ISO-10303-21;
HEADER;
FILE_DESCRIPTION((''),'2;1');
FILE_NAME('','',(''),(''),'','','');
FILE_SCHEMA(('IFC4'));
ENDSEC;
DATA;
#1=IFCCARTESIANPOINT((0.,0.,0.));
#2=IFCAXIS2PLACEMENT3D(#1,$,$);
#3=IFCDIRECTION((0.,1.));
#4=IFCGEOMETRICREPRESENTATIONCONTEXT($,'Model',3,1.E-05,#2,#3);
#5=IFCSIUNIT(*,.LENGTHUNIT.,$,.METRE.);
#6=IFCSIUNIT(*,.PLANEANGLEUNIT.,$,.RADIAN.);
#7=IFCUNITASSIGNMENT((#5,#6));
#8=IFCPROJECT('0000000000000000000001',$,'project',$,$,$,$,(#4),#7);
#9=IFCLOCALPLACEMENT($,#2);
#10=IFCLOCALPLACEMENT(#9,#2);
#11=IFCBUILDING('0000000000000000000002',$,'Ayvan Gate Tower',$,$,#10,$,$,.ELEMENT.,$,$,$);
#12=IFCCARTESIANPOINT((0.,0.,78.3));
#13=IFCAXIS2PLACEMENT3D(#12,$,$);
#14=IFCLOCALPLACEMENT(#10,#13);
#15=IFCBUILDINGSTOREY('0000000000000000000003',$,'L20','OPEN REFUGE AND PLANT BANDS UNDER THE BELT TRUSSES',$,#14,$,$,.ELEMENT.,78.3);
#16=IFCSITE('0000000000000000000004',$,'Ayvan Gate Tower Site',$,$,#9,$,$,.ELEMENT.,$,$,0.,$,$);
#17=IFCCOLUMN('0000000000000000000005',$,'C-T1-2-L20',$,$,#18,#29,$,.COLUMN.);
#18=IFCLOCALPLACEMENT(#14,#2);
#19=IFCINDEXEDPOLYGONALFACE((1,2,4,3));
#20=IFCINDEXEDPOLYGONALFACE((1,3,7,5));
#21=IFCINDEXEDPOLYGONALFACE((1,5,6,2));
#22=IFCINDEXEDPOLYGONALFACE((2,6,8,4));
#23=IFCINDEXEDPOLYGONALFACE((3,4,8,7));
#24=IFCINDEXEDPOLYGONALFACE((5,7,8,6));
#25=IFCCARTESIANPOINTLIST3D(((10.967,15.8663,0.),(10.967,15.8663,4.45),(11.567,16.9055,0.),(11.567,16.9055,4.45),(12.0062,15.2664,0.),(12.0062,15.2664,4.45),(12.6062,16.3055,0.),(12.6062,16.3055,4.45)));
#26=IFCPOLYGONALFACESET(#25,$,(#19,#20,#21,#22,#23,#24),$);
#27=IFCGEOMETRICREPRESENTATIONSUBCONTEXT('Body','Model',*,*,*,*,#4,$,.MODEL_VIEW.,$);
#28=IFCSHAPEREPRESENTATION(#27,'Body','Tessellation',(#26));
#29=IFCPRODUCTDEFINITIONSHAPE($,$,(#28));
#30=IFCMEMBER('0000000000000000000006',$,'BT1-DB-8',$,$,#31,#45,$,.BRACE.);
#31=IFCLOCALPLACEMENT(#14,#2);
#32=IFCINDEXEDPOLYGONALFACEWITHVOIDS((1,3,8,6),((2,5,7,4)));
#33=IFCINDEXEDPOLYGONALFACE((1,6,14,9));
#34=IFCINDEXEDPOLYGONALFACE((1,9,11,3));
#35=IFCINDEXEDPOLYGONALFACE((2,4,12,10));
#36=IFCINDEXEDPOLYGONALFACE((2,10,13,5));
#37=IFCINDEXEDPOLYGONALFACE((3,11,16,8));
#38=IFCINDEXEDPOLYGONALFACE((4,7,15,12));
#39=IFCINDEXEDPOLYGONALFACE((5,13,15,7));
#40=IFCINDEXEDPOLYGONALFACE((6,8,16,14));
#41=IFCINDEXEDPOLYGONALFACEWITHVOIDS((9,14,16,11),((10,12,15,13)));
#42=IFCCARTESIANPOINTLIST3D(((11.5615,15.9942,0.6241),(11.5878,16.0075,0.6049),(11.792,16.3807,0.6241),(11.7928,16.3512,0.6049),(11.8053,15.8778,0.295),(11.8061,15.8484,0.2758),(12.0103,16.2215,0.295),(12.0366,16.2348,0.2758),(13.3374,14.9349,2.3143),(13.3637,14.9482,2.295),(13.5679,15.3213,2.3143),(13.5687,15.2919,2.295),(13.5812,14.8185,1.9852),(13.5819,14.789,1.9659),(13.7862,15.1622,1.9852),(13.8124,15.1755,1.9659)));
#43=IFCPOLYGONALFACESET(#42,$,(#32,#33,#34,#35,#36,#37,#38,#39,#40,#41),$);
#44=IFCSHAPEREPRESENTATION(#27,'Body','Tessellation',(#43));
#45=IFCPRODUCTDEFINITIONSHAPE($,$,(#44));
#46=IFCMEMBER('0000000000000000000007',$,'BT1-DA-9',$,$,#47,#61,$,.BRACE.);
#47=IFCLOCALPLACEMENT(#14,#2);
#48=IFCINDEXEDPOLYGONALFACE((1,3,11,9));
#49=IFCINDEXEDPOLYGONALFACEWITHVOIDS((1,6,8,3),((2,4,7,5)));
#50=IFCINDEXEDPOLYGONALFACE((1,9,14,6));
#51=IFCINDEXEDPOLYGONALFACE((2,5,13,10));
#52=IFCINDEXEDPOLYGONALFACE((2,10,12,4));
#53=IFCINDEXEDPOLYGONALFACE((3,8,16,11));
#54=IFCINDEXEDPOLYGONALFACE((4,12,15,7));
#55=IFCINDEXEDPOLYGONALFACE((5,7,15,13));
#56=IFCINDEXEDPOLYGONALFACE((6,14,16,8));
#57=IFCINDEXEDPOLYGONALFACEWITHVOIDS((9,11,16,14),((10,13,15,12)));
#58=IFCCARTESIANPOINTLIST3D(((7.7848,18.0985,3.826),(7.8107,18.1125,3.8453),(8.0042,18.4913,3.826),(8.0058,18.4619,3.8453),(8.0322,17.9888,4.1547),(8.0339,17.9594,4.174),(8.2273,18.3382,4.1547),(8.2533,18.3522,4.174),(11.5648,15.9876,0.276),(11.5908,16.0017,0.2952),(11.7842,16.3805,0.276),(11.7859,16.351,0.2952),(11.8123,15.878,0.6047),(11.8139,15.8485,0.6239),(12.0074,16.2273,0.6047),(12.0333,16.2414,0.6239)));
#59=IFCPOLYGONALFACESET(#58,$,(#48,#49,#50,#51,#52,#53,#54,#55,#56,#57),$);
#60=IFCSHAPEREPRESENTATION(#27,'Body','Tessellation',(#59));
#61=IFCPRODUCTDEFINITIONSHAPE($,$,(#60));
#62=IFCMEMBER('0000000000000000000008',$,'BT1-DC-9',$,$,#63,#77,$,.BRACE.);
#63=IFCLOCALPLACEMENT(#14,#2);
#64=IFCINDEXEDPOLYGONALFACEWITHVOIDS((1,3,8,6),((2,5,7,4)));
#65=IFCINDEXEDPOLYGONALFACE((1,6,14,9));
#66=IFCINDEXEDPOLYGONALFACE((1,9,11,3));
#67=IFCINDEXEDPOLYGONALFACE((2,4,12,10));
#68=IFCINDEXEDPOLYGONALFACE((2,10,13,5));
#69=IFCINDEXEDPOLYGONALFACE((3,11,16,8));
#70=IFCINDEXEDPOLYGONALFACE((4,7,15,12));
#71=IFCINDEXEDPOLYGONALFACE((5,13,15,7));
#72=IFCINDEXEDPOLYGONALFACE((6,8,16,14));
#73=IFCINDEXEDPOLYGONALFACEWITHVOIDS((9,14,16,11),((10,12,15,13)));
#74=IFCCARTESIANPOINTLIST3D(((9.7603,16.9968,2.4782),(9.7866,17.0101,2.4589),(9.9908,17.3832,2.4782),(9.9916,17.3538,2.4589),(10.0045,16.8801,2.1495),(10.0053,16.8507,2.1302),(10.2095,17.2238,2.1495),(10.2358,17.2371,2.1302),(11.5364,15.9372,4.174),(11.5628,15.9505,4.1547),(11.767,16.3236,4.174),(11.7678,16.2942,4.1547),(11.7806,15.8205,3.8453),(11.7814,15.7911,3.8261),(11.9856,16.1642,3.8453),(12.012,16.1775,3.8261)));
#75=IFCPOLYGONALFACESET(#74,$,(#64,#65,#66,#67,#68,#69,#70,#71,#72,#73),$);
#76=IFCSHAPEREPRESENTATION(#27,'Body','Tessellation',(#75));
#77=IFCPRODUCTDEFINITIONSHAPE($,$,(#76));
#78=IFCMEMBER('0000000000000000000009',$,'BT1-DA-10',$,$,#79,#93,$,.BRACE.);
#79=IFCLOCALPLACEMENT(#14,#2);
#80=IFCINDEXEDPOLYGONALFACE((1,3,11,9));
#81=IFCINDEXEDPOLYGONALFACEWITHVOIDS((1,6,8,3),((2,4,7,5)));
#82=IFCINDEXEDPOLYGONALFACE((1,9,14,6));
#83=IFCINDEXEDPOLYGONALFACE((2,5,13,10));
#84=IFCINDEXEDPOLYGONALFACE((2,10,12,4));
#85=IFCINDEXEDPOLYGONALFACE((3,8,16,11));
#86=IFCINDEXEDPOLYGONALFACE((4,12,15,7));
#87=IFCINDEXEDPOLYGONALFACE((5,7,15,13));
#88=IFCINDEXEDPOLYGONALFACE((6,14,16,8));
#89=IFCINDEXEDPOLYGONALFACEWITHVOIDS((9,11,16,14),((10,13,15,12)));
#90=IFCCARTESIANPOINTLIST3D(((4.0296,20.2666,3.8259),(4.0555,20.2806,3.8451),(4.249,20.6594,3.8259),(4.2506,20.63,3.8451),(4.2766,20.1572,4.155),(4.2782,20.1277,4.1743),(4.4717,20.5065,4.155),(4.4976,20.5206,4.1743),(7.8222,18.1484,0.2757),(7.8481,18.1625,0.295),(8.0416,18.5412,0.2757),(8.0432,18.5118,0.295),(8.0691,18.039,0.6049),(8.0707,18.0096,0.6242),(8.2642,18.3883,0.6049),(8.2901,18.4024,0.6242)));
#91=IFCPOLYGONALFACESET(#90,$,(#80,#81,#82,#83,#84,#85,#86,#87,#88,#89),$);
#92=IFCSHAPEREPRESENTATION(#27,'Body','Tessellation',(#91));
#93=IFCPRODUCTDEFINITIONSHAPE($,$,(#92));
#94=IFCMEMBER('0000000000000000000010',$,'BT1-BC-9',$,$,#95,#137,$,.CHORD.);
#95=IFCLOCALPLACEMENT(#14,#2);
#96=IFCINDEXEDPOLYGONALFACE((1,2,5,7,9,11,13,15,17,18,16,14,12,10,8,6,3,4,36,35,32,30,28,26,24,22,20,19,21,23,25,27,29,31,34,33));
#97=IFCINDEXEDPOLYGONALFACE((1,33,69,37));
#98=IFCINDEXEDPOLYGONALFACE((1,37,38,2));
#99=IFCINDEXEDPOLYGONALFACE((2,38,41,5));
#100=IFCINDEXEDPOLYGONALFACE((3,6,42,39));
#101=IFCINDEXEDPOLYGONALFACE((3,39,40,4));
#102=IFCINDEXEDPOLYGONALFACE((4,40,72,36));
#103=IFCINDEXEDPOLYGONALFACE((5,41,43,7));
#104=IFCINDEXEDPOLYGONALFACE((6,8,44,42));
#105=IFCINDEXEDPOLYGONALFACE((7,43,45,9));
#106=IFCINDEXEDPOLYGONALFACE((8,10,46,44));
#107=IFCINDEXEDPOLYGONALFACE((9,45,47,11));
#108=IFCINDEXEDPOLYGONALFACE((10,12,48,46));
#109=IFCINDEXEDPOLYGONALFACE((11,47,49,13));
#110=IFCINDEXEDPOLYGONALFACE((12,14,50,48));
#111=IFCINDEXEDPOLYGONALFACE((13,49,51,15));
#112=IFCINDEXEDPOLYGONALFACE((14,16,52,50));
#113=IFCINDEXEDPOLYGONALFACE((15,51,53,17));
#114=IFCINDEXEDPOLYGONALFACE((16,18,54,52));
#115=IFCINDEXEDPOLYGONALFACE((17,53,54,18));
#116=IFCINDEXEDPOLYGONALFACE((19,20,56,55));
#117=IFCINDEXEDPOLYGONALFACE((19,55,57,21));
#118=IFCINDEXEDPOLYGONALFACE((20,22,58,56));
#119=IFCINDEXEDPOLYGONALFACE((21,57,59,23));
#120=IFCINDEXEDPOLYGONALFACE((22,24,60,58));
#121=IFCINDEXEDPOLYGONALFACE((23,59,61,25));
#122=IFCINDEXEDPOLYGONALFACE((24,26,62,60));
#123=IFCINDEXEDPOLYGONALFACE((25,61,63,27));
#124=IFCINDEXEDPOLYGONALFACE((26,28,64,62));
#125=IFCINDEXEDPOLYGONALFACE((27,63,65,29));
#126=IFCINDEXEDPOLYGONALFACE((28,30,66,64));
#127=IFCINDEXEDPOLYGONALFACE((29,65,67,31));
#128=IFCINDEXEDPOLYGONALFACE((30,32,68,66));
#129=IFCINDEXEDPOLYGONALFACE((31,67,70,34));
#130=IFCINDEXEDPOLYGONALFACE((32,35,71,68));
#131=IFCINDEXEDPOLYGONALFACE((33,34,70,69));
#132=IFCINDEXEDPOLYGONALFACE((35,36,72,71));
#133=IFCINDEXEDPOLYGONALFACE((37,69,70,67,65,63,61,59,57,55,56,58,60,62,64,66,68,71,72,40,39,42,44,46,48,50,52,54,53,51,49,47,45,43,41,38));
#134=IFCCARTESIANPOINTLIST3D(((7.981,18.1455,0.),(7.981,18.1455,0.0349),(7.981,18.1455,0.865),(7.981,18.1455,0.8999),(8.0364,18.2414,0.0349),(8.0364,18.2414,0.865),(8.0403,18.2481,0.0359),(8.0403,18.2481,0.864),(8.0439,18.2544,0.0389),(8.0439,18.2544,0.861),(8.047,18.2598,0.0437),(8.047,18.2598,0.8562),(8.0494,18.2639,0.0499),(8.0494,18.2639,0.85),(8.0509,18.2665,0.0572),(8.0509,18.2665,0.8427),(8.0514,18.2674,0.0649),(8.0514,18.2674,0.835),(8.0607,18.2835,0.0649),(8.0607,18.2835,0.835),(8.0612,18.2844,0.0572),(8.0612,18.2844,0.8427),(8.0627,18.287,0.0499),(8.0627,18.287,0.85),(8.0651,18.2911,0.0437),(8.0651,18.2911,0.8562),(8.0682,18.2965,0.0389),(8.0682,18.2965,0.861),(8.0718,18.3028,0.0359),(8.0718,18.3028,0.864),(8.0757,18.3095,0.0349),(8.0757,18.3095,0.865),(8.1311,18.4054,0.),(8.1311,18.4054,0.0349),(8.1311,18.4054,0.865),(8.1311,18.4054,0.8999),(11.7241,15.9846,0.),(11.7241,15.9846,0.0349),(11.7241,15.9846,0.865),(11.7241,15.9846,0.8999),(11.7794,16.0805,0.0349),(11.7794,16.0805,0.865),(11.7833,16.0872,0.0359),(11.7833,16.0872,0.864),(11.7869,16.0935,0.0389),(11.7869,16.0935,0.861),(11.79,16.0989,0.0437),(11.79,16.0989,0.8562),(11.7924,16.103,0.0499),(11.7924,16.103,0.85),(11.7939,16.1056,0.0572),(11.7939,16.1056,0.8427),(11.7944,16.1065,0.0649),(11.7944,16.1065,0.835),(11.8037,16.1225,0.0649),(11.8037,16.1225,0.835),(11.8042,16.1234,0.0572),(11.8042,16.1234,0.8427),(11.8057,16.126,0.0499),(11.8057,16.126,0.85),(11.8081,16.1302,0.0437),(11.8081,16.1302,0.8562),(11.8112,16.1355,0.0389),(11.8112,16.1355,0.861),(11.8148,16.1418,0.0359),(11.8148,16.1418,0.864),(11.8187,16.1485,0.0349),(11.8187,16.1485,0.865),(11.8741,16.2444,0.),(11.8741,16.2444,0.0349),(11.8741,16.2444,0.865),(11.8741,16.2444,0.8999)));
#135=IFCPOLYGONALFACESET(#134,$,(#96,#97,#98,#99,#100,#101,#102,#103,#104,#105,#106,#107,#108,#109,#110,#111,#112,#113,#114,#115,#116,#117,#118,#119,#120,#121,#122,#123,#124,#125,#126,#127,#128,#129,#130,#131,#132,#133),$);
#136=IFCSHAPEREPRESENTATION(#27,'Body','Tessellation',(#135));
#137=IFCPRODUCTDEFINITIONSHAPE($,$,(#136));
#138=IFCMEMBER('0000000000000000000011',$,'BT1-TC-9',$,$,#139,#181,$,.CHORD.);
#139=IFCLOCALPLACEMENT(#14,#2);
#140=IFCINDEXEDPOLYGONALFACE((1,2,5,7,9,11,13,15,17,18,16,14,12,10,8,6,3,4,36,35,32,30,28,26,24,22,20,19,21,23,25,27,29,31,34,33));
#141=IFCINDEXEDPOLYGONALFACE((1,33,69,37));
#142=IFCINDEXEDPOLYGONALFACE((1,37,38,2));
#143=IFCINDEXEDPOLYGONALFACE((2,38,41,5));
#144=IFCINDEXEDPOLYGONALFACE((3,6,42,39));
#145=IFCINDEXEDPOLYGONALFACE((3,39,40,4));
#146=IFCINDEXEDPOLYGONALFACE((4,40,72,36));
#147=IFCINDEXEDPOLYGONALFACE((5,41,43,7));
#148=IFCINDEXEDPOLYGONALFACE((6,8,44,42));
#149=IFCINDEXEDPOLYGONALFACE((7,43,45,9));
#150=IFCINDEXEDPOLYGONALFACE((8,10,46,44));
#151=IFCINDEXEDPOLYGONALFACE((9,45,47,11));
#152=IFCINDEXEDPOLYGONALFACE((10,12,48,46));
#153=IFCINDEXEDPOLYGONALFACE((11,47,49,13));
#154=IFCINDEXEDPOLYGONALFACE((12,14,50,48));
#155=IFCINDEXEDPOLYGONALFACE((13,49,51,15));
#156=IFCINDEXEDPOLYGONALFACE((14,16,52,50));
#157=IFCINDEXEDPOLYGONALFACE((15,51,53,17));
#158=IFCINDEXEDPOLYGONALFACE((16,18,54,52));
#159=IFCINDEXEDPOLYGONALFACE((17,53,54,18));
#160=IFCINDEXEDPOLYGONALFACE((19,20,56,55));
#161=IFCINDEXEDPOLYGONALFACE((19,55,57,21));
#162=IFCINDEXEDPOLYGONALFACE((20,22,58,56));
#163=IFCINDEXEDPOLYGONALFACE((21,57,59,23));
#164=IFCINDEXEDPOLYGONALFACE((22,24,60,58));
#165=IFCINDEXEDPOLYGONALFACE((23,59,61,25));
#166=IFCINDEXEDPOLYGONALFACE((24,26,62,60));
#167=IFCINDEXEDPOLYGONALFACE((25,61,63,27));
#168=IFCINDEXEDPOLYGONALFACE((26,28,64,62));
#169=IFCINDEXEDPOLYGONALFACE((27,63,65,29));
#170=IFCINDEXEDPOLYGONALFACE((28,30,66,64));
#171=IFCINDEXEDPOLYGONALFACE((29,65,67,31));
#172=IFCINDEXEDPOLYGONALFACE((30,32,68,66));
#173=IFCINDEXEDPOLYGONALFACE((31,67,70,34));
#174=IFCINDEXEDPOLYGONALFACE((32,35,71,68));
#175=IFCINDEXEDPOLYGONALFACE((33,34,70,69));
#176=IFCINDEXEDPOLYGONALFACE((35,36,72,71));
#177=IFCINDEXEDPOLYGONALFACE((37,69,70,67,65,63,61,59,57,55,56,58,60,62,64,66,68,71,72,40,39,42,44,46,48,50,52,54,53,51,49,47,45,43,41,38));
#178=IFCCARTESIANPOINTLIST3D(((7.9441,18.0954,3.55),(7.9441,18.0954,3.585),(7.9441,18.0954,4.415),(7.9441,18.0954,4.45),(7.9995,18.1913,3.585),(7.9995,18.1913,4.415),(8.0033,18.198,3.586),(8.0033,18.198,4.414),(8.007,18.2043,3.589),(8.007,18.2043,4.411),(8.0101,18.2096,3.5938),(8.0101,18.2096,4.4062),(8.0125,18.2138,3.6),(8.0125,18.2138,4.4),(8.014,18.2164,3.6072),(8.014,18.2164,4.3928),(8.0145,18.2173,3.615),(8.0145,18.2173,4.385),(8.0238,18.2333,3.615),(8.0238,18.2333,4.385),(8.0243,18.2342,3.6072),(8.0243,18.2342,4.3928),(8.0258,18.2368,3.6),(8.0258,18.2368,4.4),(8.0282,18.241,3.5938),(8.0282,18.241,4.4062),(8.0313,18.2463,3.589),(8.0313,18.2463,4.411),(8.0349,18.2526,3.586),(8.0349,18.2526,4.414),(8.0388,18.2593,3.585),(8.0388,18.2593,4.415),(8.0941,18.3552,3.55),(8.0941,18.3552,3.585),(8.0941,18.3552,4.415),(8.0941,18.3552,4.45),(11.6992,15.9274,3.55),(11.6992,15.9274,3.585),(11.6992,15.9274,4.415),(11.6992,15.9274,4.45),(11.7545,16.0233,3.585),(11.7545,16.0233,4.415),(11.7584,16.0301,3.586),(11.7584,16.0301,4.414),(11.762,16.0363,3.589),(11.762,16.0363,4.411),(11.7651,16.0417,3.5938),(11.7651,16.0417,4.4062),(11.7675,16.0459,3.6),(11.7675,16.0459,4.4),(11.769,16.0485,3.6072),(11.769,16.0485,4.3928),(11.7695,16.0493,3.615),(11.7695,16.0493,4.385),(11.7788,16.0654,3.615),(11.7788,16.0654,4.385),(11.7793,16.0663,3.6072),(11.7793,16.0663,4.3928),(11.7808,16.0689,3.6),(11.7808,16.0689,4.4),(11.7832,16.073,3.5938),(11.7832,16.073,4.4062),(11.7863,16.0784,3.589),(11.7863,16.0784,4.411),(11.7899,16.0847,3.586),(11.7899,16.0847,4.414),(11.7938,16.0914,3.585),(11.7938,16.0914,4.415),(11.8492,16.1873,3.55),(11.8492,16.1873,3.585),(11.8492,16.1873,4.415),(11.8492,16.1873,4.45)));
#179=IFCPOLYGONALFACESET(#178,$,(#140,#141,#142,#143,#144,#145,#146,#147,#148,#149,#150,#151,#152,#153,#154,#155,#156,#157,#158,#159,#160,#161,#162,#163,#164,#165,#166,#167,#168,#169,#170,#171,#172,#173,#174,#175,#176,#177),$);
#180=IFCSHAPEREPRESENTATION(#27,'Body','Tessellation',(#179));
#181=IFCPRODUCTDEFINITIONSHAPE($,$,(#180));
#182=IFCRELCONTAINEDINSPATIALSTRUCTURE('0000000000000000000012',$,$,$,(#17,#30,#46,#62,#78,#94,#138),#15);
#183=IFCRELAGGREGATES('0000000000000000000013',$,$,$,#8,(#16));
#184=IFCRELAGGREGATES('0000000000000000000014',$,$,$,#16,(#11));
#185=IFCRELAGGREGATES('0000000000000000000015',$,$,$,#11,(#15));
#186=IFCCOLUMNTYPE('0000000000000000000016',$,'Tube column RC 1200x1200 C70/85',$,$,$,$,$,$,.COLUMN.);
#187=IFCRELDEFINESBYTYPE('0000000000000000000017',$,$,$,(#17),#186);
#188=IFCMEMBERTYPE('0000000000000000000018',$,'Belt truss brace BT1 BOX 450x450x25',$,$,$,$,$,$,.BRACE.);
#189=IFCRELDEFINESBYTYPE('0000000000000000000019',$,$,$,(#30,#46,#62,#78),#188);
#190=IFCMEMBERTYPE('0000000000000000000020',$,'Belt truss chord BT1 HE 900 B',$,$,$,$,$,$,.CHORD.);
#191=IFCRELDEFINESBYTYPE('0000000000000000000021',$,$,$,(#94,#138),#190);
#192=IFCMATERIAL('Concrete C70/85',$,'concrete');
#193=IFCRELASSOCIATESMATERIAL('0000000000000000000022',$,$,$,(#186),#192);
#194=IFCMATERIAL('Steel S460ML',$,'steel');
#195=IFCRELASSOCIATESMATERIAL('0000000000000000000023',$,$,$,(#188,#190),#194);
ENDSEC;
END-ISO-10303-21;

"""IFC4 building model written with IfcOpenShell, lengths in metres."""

from ifc_helpers import new_model, si_unit, direction, frame, origin, origin_2d, place, context, subcontext, project, spatial, rectangle, hollow_rectangle, i_section, extrude, material, material_profile, profile_set, type_object, element, save


model = new_model("IFC4")

# Units and contexts
model_context = context("Model", 3, precision=1e-05, world=origin(), true_north=direction((0.0, 1.0)))
body_context = subcontext(model_context, "Body", "Model", "MODEL_VIEW")
ifc_project = project(units=[si_unit("LENGTHUNIT", "METRE"), si_unit("PLANEANGLEUNIT", "RADIAN")], contexts=[model_context])

# Site, building, storey
site_placement = place(None, origin())
site = spatial("IfcSite", under=ifc_project, at=site_placement, Name="Ayvan Gate Tower Site", CompositionType="ELEMENT", RefElevation=0.0)
building_placement = place(site_placement, origin())
building = spatial("IfcBuilding", under=site, at=building_placement, Name="Ayvan Gate Tower", CompositionType="ELEMENT")
storey_placement = place(building_placement, frame((0.0, 0.0, 78.3)))
storey = spatial("IfcBuildingStorey", under=building, at=storey_placement, Name="L20", Description="OPEN REFUGE AND PLANT BANDS UNDER THE BELT TRUSSES", CompositionType="ELEMENT", Elevation=78.3)

# Column
ifc_material_1 = material(Name="Concrete C70/85", Category="concrete")
ifc_material_profile_1 = material_profile(ifc_material_1, rectangle(XDim=1.2, YDim=1.2, at=origin_2d()), Name="RC 1200x1200")
ifc_profile_set_1 = profile_set([ifc_material_profile_1], Name="Concrete C70/85")
column_type = type_object("IfcColumnType", Name="Tube column RC 1200x1200 C70/85", PredefinedType="COLUMN", material=ifc_profile_set_1)
column_placement = place(storey_placement, frame((11.7866, 16.0859, 0.0), z_axis=(0.0, 0.0, 1.0), x_axis=(0.5, 0.866025, 0.0)))
element("IfcColumn", 1, at=column_placement, inside=storey, type_object=column_type, Name="C-T1-2-L20", PredefinedType="COLUMN", context=body_context, shape_type="SweptSolid", body=[
    extrude(rectangle(XDim=1.2, YDim=1.2, at=origin_2d()), origin(), (0.0, 0.0, 1.0), 4.45),
])

# Members
ifc_material_2 = material(Name="Steel S460ML", Category="steel")
ifc_material_profile_2 = material_profile(ifc_material_2, hollow_rectangle(XDim=0.45, YDim=0.45, WallThickness=0.0249, at=origin_2d()), Name="BOX 450x450x25")
ifc_profile_set_2 = profile_set([ifc_material_profile_2], Name="Steel S460ML")
member_type_1 = type_object("IfcMemberType", Name="Belt truss brace BT1 BOX 450x450x25", PredefinedType="BRACE", material=ifc_profile_set_2)
member_1_placement = place(storey_placement, frame((11.7991, 16.1145, 0.45), z_axis=(0.664949, -0.396647, 0.632862), x_axis=(0.512289, 0.858813, 0.0)))
element("IfcMember", 2, at=member_1_placement, inside=storey, type_object=member_type_1, Name="BT1-DB-8", PredefinedType="BRACE", context=body_context, shape_type="SweptSolid", body=[
    extrude(hollow_rectangle(XDim=0.45, YDim=0.45, WallThickness=0.0249, at=origin_2d()), origin(), (0.0, 0.0, 1.0), 2.6707),
])
member_2_placement = place(storey_placement, frame((11.7991, 16.1145, 0.45), z_axis=(-0.675144, 0.377013, 0.634068), x_axis=(-0.487552, -0.873094, 0.0)))
element("IfcMember", 3, at=member_2_placement, inside=storey, type_object=member_type_1, Name="BT1-DA-9", PredefinedType="BRACE", context=body_context, shape_type="SweptSolid", body=[
    extrude(hollow_rectangle(XDim=0.45, YDim=0.45, WallThickness=0.0249, at=origin_2d()), origin(), (0.0, 0.0, 1.0), 5.5989),
])
member_3_placement = place(storey_placement, frame((9.998, 17.1169, 2.3042), z_axis=(0.664091, -0.396173, 0.634059), x_axis=(0.512324, 0.858792, 0.0)))
element("IfcMember", 4, at=member_3_placement, inside=storey, type_object=member_type_1, Name="BT1-DC-9", PredefinedType="BRACE", context=body_context, shape_type="SweptSolid", body=[
    extrude(hollow_rectangle(XDim=0.45, YDim=0.45, WallThickness=0.0249, at=origin_2d()), origin(), (0.0, 0.0, 1.0), 2.6746),
])
member_4_placement = place(storey_placement, frame((8.0562, 18.2754, 0.45), z_axis=(-0.676019, 0.377568, 0.632805), x_axis=(-0.487617, -0.873057, 0.0)))
element("IfcMember", 5, at=member_4_placement, inside=storey, type_object=member_type_1, Name="BT1-DA-10", PredefinedType="BRACE", context=body_context, shape_type="SweptSolid", body=[
    extrude(hollow_rectangle(XDim=0.45, YDim=0.45, WallThickness=0.0249, at=origin_2d()), origin(), (0.0, 0.0, 1.0), 5.6101),
])
ifc_material_profile_3 = material_profile(ifc_material_2, i_section(OverallWidth=0.3, OverallDepth=0.8999, WebThickness=0.0186, FlangeThickness=0.0349, FilletRadius=0.03, at=origin_2d()), Name="HE 900 B")
ifc_profile_set_3 = profile_set([ifc_material_profile_3], Name="Steel S460ML")
member_type_2 = type_object("IfcMemberType", Name="Belt truss chord BT1 HE 900 B", PredefinedType="CHORD", material=ifc_profile_set_3)
member_5_placement = place(storey_placement, frame((11.7991, 16.1145, 0.45), z_axis=(-0.866034, 0.499985, 0.0), x_axis=(-0.499985, -0.866034, 0.0)))
element("IfcMember", 6, at=member_5_placement, inside=storey, type_object=member_type_2, Name="BT1-BC-9", PredefinedType="CHORD", context=body_context, shape_type="SweptSolid", body=[
    extrude(i_section(OverallWidth=0.3, OverallDepth=0.8999, WebThickness=0.0186, FlangeThickness=0.0349, FilletRadius=0.03, at=origin_2d()), origin(), (0.0, 0.0, 1.0), 4.322),
])
member_6_placement = place(storey_placement, frame((11.7742, 16.0574, 4.0), z_axis=(-0.866031, 0.499991, 0.0), x_axis=(-0.499991, -0.866031, 0.0)))
element("IfcMember", 7, at=member_6_placement, inside=storey, type_object=member_type_2, Name="BT1-TC-9", PredefinedType="CHORD", context=body_context, shape_type="SweptSolid", body=[
    extrude(i_section(OverallWidth=0.3, OverallDepth=0.8999, WebThickness=0.0186, FlangeThickness=0.0349, FilletRadius=0.03, at=origin_2d()), origin(), (0.0, 0.0, 1.0), 4.3359),
])

save(model, "model.ifc")
